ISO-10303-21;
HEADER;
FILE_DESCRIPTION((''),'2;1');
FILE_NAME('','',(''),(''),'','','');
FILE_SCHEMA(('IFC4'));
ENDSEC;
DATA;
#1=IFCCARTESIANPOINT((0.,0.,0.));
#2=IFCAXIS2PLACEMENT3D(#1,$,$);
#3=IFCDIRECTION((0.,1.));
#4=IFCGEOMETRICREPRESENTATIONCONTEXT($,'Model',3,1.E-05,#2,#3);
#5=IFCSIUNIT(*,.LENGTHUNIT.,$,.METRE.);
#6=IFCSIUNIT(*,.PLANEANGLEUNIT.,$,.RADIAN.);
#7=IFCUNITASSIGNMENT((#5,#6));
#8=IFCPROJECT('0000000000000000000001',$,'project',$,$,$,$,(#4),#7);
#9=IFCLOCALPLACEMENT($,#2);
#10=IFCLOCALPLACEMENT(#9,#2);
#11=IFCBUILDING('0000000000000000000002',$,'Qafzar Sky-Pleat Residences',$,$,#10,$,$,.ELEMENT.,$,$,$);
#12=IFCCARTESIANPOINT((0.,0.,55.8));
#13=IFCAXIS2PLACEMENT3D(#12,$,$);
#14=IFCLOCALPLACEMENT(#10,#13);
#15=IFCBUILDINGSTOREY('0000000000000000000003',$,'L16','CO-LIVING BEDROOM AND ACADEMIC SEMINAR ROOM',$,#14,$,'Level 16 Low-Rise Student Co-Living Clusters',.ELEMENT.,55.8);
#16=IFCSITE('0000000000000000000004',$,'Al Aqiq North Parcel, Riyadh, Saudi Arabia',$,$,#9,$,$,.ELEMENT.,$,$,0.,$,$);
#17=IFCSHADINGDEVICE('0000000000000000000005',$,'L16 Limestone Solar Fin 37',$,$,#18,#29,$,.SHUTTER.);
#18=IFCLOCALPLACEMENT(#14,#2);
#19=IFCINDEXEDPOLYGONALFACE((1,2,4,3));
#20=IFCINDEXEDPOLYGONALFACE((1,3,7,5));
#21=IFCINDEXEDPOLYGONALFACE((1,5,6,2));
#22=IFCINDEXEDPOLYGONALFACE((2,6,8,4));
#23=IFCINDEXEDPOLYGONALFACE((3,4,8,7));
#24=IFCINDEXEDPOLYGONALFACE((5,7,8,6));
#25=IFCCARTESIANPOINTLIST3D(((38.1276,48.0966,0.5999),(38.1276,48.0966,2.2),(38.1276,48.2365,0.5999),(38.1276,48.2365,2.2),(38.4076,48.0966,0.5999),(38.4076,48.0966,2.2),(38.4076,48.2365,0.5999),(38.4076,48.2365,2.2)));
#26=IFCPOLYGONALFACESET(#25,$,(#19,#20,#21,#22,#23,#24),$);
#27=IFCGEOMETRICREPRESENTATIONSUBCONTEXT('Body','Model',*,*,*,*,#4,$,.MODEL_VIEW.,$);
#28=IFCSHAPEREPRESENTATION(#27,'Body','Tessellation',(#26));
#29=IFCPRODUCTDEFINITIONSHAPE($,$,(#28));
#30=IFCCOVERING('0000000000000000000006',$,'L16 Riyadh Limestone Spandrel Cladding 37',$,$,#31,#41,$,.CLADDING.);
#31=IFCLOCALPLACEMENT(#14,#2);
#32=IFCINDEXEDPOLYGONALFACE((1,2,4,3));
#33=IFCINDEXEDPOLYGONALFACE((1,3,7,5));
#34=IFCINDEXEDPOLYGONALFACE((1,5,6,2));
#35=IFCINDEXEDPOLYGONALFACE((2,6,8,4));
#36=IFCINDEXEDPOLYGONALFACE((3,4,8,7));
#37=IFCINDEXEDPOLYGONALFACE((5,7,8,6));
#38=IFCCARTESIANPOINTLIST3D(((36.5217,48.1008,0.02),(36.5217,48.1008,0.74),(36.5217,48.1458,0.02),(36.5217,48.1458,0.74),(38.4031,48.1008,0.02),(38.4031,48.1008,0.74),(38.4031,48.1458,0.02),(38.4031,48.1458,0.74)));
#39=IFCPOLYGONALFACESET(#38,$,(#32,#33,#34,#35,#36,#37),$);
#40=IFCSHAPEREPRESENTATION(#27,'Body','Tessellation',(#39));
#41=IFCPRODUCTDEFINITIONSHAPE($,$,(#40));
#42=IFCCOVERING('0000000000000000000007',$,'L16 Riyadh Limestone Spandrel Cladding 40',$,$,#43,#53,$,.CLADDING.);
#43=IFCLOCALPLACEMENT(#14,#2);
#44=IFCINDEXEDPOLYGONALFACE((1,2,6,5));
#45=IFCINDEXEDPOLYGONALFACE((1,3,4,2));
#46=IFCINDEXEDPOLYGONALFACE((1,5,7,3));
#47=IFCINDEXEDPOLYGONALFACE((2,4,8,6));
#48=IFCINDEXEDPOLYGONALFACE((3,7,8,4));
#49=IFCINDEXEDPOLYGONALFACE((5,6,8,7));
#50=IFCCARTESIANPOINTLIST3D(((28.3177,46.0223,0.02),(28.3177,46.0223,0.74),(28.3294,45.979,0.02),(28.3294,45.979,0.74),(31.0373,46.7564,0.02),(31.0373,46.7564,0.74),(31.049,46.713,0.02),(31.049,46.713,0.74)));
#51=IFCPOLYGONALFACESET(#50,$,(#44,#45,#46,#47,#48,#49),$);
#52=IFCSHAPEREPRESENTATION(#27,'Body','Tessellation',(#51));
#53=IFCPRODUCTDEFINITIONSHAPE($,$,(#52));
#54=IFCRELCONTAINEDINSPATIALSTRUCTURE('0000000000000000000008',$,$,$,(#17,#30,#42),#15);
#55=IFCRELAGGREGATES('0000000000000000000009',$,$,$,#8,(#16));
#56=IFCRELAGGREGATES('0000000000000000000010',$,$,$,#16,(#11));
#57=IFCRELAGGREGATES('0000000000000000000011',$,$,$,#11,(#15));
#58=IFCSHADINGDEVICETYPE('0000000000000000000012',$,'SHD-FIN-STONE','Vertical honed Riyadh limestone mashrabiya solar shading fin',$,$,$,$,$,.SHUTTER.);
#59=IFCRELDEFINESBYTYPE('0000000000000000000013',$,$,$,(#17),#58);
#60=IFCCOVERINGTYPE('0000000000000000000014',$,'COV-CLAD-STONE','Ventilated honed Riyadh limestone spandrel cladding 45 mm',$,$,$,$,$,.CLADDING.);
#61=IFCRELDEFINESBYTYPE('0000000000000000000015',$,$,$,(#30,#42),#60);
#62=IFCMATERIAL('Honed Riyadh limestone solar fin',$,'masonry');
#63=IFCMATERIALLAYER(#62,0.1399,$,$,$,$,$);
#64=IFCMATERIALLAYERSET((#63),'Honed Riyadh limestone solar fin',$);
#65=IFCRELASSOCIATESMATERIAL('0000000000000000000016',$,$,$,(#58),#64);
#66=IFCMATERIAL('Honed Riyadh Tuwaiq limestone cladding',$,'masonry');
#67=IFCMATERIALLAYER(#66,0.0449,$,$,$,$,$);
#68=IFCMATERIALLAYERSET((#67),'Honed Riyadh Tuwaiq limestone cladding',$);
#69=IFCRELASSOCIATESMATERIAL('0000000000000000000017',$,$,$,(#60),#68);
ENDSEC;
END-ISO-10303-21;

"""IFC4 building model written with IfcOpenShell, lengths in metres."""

from ifc_helpers import new_model, si_unit, direction, frame, origin, origin_2d, place, context, subcontext, project, spatial, rectangle, extrude, source, transform, mapped, material, layer, layer_set, type_object, element, save


model = new_model("IFC4")

# Units and contexts
model_context = context("Model", 3, precision=1e-05, world=origin(), true_north=direction((0.0, 1.0)))
body_context = subcontext(model_context, "Body", "Model", "MODEL_VIEW")
ifc_project = project(units=[si_unit("LENGTHUNIT", "METRE"), si_unit("PLANEANGLEUNIT", "RADIAN")], contexts=[model_context])

# Site, building, storey
site_placement = place(None, origin())
site = spatial("IfcSite", under=ifc_project, at=site_placement, Name="Al Aqiq North Parcel, Riyadh, Saudi Arabia", CompositionType="ELEMENT", RefElevation=0.0)
building_placement = place(site_placement, origin())
building = spatial("IfcBuilding", under=site, at=building_placement, Name="Qafzar Sky-Pleat Residences", CompositionType="ELEMENT")
storey_placement = place(building_placement, frame((0.0, 0.0, 55.8)))
storey = spatial("IfcBuildingStorey", under=building, at=storey_placement, Name="L16", Description="CO-LIVING BEDROOM AND ACADEMIC SEMINAR ROOM", LongName="Level 16 Low-Rise Student Co-Living Clusters", CompositionType="ELEMENT", Elevation=55.8)

# Shading device
ifc_material_1 = material(Name="Honed Riyadh limestone solar fin", Category="masonry")
ifc_layer_1 = layer(ifc_material_1, 0.1399)
ifc_layer_set_1 = layer_set([ifc_layer_1], Name="Honed Riyadh limestone solar fin")
shading_device_type = type_object("IfcShadingDeviceType", Name="SHD-FIN-STONE", Description="Vertical honed Riyadh limestone mashrabiya solar shading fin", PredefinedType="SHUTTER", material=ifc_layer_set_1)
shared_shape_1 = source(origin(), body_context, "Body", "SweptSolid", [
    extrude(rectangle(XDim=0.1399, YDim=0.28, at=origin_2d()), origin(), (0.0, 0.0, 1.0), 1.6001),
])
shading_device_placement = place(storey_placement, frame((38.2676, 48.1665, 0.5999), z_axis=(0.0, 0.0, 1.0), x_axis=(0.0, 1.0, 0.0)))
element("IfcShadingDevice", 1, at=shading_device_placement, inside=storey, type_object=shading_device_type, Name="L16 Limestone Solar Fin 37", PredefinedType="SHUTTER", context=body_context, shape_type="MappedRepresentation", body=[
    mapped(shared_shape_1, transform((0.0, 0.0, 0.0), x_axis=(1.0, 0.0, 0.0), y_axis=(0.0, 1.0, 0.0), z_axis=(0.0, 0.0, 1.0), scale=1.0)),
])

# Covering
ifc_material_2 = material(Name="Honed Riyadh Tuwaiq limestone cladding", Category="masonry")
ifc_layer_2 = layer(ifc_material_2, 0.0449)
ifc_layer_set_2 = layer_set([ifc_layer_2], Name="Honed Riyadh Tuwaiq limestone cladding")
covering_type = type_object("IfcCoveringType", Name="COV-CLAD-STONE", Description="Ventilated honed Riyadh limestone spandrel cladding 45 mm", PredefinedType="CLADDING", material=ifc_layer_set_2)
shared_shape_2 = source(origin(), body_context, "Body", "SweptSolid", [
    extrude(rectangle(XDim=1.8813, YDim=0.0449, at=origin_2d()), origin(), (0.0, 0.0, 1.0), 0.72),
])
covering_1_placement = place(storey_placement, frame((37.4624, 48.1233, 0.02), z_axis=(0.0, 0.0, 1.0), x_axis=(-1.0, 0.0, 0.0)))
element("IfcCovering", 2, at=covering_1_placement, inside=storey, type_object=covering_type, Name="L16 Riyadh Limestone Spandrel Cladding 37", PredefinedType="CLADDING", context=body_context, shape_type="MappedRepresentation", body=[
    mapped(shared_shape_2, transform((0.0, 0.0, 0.0), x_axis=(1.0, 0.0, 0.0), y_axis=(0.0, 1.0, 0.0), z_axis=(0.0, 0.0, 1.0), scale=1.0)),
])

# Covering
shared_shape_3 = source(origin(), body_context, "Body", "SweptSolid", [
    extrude(rectangle(XDim=2.8169, YDim=0.0449, at=origin_2d()), origin(), (0.0, 0.0, 1.0), 0.72),
])
covering_2_placement = place(storey_placement, frame((29.6833, 46.3677, 0.02), z_axis=(0.0, 0.0, 1.0), x_axis=(-0.965452, -0.260581, 0.0)))
element("IfcCovering", 3, at=covering_2_placement, inside=storey, type_object=covering_type, Name="L16 Riyadh Limestone Spandrel Cladding 40", PredefinedType="CLADDING", context=body_context, shape_type="MappedRepresentation", body=[
    mapped(shared_shape_3, transform((0.0, 0.0, 0.0), x_axis=(1.0, 0.0, 0.0), y_axis=(0.0, 1.0, 0.0), z_axis=(0.0, 0.0, 1.0), scale=1.0)),
])

save(model, "model.ifc")
